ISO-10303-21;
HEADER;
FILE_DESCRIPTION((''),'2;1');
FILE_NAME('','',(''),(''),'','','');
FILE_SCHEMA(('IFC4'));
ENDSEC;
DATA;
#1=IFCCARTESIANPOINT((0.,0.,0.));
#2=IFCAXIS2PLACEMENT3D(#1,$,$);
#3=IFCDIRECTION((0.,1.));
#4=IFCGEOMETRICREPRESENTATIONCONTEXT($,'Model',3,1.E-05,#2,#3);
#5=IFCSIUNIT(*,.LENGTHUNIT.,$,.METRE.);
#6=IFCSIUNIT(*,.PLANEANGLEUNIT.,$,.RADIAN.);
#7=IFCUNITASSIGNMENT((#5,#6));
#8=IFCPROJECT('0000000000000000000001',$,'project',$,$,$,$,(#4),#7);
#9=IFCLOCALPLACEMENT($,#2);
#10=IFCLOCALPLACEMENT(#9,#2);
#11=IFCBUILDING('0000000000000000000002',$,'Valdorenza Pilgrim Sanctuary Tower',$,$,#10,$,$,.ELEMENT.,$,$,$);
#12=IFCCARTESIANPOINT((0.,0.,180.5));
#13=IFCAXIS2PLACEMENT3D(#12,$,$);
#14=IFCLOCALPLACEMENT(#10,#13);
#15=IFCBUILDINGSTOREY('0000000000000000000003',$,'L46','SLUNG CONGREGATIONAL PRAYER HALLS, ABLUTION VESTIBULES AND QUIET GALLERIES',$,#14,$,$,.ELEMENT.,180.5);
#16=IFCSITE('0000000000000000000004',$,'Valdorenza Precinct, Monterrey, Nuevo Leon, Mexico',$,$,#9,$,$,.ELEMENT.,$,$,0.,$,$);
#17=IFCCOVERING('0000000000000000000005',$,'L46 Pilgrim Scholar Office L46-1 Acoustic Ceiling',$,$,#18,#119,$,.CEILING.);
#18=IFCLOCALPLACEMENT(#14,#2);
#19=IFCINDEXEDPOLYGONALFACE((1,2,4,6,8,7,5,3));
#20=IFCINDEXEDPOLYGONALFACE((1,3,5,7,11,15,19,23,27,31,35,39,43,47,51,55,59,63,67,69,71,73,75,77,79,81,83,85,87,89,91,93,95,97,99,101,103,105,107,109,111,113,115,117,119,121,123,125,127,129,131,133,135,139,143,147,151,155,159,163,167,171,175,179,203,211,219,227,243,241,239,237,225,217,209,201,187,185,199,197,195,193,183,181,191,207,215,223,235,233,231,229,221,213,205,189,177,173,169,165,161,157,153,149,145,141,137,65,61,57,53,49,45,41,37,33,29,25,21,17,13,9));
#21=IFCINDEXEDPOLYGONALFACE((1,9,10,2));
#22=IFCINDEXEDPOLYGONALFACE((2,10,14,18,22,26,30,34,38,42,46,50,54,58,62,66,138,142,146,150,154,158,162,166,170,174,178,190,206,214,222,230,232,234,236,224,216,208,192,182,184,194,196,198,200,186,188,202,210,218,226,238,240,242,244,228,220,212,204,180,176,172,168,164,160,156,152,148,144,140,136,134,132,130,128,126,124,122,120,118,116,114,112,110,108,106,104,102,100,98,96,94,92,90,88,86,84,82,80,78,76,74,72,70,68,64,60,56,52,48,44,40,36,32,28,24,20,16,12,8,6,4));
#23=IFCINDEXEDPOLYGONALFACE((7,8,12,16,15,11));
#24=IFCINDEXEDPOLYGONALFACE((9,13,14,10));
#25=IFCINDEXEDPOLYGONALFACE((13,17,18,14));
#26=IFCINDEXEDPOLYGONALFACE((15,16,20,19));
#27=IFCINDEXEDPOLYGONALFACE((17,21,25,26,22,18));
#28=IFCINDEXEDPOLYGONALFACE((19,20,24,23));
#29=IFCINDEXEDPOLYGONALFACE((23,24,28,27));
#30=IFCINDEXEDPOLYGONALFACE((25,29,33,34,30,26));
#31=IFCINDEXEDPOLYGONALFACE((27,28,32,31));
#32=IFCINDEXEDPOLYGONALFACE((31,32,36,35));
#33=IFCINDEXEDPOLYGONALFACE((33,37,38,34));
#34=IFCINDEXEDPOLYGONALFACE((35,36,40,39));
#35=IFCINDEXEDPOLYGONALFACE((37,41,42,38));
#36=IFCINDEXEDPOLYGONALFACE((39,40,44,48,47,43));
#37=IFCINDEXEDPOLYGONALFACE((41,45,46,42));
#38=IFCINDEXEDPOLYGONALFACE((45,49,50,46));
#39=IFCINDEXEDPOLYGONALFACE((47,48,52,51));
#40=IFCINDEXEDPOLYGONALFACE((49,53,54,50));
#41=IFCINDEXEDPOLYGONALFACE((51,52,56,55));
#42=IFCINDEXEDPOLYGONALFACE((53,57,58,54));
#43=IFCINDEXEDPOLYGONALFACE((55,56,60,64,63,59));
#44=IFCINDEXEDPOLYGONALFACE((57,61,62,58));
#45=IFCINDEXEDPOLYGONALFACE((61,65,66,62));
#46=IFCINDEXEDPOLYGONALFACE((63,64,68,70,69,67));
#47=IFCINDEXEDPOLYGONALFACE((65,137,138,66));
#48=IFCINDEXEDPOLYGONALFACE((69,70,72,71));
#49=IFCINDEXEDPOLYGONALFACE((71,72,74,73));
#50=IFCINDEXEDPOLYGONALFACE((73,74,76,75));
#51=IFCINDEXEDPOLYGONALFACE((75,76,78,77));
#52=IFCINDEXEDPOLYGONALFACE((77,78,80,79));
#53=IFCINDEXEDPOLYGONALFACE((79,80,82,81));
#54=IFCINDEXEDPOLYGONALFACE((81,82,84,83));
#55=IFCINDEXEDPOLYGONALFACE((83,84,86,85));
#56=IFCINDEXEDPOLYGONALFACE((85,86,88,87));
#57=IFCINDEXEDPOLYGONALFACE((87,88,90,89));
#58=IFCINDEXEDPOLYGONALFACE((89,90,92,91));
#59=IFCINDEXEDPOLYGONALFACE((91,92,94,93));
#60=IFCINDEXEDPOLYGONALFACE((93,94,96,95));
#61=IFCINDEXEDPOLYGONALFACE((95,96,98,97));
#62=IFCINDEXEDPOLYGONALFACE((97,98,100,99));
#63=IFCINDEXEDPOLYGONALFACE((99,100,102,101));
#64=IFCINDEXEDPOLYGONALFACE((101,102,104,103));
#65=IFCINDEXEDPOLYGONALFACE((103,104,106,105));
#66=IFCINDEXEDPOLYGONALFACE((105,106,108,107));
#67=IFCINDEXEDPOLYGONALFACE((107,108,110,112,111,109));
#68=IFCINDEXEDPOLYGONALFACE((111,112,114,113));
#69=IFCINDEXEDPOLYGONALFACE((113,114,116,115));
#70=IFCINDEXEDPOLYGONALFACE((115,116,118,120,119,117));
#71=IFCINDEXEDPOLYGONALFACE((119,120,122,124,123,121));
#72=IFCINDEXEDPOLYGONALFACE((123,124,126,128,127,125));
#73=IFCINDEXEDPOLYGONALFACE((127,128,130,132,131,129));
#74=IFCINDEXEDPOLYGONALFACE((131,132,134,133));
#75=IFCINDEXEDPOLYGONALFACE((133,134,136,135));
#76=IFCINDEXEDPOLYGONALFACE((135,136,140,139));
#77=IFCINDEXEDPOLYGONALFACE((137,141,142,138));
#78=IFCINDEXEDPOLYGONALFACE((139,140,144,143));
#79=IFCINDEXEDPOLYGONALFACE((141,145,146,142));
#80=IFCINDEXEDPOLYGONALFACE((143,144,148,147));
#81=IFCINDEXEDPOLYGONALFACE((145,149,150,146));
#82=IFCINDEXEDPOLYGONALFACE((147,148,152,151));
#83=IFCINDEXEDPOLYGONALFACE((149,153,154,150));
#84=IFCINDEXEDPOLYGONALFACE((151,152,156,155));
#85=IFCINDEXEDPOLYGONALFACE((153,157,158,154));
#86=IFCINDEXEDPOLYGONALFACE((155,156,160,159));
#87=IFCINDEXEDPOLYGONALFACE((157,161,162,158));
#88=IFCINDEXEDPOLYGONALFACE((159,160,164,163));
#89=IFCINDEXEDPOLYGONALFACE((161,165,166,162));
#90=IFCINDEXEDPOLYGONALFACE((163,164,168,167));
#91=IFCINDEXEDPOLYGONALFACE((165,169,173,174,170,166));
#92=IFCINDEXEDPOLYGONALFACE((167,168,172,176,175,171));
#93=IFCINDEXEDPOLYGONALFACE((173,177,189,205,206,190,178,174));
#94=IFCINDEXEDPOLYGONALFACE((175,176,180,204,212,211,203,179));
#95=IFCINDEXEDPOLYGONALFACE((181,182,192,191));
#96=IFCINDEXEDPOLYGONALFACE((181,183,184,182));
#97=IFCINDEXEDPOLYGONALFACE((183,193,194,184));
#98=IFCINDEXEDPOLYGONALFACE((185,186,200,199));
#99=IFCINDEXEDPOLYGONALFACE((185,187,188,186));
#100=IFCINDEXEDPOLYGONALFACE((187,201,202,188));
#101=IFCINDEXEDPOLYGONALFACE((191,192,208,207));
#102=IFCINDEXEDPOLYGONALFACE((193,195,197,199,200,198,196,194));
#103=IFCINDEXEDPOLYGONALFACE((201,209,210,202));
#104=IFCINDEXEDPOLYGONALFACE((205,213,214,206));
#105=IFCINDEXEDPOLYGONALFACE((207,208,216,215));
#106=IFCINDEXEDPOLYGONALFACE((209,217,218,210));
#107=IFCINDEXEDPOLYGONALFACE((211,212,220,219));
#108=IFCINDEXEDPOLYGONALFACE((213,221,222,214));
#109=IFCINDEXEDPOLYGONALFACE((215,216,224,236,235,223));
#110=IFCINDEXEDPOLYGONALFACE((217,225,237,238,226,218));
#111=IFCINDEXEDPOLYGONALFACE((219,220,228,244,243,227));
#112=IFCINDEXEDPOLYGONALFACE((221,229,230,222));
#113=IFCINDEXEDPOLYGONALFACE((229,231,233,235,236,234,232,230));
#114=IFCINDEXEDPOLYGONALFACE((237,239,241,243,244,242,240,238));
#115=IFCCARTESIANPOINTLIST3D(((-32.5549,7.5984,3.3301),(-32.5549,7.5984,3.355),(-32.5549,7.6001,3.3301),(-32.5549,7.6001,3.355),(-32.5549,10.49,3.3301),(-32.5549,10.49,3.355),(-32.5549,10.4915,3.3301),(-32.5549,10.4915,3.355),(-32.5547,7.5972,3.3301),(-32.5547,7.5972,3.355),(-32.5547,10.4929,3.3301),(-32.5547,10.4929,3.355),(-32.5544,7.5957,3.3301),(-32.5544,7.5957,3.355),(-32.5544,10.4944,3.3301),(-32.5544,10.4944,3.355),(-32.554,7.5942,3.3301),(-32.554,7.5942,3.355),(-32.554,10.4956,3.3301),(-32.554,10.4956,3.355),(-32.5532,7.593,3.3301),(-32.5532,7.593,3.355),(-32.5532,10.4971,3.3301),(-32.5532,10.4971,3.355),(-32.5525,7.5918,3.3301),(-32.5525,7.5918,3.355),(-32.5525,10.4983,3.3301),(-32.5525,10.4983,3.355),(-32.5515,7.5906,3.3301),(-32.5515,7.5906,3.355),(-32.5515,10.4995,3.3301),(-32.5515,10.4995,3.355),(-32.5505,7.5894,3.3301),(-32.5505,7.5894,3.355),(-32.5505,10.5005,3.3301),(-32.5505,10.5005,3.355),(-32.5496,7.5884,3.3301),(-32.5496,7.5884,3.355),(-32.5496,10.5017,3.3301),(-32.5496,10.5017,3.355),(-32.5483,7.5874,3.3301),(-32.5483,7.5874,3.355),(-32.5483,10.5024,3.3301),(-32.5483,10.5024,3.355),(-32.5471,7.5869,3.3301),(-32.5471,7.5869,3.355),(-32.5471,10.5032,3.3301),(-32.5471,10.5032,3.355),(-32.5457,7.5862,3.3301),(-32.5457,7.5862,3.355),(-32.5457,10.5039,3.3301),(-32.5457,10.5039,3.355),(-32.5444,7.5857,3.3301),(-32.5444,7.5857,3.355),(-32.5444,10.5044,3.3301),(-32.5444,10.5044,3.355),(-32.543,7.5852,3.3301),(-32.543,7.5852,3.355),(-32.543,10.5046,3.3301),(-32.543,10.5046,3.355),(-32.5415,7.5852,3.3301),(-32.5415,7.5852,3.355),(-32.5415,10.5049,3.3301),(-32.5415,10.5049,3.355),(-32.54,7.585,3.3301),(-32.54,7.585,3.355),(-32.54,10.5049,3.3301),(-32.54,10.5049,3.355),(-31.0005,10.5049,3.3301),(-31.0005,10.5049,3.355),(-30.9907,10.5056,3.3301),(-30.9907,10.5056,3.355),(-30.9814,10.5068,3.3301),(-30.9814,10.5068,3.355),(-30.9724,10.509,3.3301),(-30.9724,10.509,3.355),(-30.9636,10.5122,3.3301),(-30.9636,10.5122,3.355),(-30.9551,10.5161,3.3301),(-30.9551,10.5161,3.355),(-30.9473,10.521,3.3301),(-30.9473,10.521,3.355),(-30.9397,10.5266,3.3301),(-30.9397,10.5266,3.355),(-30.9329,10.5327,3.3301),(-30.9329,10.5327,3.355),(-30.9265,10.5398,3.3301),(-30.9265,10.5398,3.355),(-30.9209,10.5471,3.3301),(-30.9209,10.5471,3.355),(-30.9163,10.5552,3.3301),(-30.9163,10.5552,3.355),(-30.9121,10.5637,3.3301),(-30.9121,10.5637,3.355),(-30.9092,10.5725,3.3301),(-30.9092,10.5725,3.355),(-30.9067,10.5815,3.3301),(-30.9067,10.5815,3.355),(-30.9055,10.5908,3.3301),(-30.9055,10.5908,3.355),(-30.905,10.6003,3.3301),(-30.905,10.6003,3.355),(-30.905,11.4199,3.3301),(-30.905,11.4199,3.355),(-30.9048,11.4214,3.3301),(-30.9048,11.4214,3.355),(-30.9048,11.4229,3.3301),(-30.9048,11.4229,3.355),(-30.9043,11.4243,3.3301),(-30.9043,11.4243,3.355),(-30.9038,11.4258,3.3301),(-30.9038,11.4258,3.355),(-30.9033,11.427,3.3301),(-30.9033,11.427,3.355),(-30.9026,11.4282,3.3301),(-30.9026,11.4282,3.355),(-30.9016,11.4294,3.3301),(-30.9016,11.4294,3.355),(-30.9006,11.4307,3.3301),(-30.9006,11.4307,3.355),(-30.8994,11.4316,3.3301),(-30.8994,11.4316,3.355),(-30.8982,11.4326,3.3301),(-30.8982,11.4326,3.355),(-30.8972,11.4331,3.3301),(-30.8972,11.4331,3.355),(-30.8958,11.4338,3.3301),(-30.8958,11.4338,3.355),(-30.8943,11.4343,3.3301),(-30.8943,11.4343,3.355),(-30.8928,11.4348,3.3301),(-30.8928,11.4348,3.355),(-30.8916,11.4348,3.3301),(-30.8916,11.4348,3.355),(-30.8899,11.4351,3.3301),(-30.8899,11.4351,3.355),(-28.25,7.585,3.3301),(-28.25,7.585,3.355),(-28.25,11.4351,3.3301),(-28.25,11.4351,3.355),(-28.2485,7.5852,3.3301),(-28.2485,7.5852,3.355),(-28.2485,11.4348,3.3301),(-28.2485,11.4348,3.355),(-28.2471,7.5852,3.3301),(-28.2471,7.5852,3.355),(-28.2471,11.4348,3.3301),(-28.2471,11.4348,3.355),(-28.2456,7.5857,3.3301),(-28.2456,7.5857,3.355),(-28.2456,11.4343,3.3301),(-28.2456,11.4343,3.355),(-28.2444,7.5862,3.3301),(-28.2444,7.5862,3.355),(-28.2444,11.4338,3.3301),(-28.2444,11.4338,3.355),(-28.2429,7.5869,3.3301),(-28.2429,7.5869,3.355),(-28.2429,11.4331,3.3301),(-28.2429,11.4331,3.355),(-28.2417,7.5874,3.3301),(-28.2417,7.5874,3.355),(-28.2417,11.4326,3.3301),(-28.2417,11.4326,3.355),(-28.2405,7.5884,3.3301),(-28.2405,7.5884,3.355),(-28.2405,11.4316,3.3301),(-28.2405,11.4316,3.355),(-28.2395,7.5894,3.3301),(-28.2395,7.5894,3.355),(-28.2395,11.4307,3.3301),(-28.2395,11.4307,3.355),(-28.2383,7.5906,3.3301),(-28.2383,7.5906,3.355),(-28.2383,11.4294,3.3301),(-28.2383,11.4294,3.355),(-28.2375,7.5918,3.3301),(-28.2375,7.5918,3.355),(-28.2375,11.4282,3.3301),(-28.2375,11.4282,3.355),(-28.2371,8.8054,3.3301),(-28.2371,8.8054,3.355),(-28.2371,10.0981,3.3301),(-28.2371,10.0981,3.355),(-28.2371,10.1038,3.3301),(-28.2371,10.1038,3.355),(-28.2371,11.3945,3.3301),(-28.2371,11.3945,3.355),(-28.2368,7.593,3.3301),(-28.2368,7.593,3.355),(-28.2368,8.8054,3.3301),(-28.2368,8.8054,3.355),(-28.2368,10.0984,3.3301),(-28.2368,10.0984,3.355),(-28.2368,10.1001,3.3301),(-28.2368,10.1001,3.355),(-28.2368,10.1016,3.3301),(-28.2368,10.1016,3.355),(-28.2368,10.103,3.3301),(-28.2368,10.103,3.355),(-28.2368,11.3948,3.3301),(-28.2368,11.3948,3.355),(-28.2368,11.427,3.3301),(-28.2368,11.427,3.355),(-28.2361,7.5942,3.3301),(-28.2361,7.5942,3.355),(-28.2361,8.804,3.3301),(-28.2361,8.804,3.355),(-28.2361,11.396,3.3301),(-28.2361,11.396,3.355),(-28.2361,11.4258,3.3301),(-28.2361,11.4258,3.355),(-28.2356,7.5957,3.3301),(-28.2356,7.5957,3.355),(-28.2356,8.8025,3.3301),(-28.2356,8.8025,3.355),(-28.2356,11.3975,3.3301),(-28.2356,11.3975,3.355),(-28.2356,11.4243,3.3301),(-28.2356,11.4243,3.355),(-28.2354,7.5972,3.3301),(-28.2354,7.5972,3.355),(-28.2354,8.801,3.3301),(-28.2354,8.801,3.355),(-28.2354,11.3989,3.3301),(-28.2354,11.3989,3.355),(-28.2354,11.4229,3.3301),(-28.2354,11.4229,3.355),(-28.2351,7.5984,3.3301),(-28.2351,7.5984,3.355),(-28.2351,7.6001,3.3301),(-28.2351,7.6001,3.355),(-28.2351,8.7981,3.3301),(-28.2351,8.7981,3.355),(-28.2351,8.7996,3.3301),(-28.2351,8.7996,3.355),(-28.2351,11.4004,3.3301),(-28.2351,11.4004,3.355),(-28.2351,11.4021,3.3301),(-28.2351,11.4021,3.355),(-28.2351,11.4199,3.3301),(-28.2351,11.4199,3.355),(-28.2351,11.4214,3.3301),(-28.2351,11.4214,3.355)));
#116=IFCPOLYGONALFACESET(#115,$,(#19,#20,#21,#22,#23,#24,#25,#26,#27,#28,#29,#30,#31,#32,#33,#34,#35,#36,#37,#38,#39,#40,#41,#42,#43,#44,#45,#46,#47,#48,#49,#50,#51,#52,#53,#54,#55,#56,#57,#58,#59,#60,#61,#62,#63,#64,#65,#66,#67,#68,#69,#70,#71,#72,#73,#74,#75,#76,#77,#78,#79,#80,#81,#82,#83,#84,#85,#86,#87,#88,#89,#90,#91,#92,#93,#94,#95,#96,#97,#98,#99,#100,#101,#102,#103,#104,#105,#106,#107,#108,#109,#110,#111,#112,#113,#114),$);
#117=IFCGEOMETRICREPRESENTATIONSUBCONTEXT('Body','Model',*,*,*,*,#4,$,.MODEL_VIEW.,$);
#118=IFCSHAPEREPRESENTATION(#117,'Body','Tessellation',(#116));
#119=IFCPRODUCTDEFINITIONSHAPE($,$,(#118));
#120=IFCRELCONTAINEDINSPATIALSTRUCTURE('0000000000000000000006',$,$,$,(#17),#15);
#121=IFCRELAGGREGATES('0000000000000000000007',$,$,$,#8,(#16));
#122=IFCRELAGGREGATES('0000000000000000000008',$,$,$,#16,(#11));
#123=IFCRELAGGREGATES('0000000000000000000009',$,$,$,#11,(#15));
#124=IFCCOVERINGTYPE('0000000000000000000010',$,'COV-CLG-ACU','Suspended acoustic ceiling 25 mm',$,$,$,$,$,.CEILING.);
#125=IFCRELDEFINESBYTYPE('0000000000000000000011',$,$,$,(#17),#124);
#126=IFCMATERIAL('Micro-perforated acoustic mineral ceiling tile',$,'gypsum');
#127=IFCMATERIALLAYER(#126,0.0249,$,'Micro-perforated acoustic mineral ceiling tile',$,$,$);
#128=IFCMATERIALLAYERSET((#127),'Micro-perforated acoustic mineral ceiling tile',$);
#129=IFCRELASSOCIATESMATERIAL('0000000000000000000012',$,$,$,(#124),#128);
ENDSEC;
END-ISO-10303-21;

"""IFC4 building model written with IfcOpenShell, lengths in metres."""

from ifc_helpers import new_model, si_unit, direction, frame, origin, place, context, subcontext, project, spatial, polyline, outline, extrude, material, layer, layer_set, type_object, element, save


model = new_model("IFC4")

# Units and contexts
model_context = context("Model", 3, precision=1e-05, world=origin(), true_north=direction((0.0, 1.0)))
body_context = subcontext(model_context, "Body", "Model", "MODEL_VIEW")
ifc_project = project(units=[si_unit("LENGTHUNIT", "METRE"), si_unit("PLANEANGLEUNIT", "RADIAN")], contexts=[model_context])

# Site, building, storey
site_placement = place(None, origin())
site = spatial("IfcSite", under=ifc_project, at=site_placement, Name="Valdorenza Precinct, Monterrey, Nuevo Leon, Mexico", CompositionType="ELEMENT", RefElevation=0.0)
building_placement = place(site_placement, origin())
building = spatial("IfcBuilding", under=site, at=building_placement, Name="Valdorenza Pilgrim Sanctuary Tower", CompositionType="ELEMENT")
storey_placement = place(building_placement, frame((0.0, 0.0, 180.5)))
storey = spatial("IfcBuildingStorey", under=building, at=storey_placement, Name="L46", Description="SLUNG CONGREGATIONAL PRAYER HALLS, ABLUTION VESTIBULES AND QUIET GALLERIES", CompositionType="ELEMENT", Elevation=180.5)

# Covering
ifc_material_1 = material(Name="Micro-perforated acoustic mineral ceiling tile", Category="gypsum")
ifc_layer_1 = layer(ifc_material_1, 0.0249, Name="Micro-perforated acoustic mineral ceiling tile")
ifc_layer_set_1 = layer_set([ifc_layer_1], Name="Micro-perforated acoustic mineral ceiling tile")
covering_type_1 = type_object("IfcCoveringType", Name="COV-CLG-ACU", Description="Suspended acoustic ceiling 25 mm", PredefinedType="CEILING", material=ifc_layer_set_1)
covering_1_placement = place(storey_placement, frame((0.0, 0.0, 3.3301)))
element("IfcCovering", 1, at=covering_1_placement, inside=storey, type_object=covering_type_1, Name="L46 Pilgrim Scholar Office L46-1 Acoustic Ceiling", PredefinedType="CEILING", context=body_context, shape_type="SweptSolid", body=[
    extrude(outline(polyline([(-28.2371, 8.8054), (-28.2368, 8.8054), (-28.2361, 8.804), (-28.2356, 8.8025), (-28.2354, 8.801), (-28.2351, 8.7996), (-28.2351, 8.7981), (-28.2351, 7.6001), (-28.2351, 7.5984), (-28.2354, 7.5972), (-28.2356, 7.5957), (-28.2361, 7.5942), (-28.2368, 7.593), (-28.2375, 7.5918), (-28.2383, 7.5906), (-28.2395, 7.5894), (-28.2405, 7.5884), (-28.2417, 7.5874), (-28.2429, 7.5869), (-28.2444, 7.5862), (-28.2456, 7.5857), (-28.2471, 7.5852), (-28.2485, 7.5852), (-28.25, 7.585), (-32.54, 7.585), (-32.5415, 7.5852), (-32.543, 7.5852), (-32.5444, 7.5857), (-32.5457, 7.5862), (-32.5471, 7.5869), (-32.5483, 7.5874), (-32.5496, 7.5884), (-32.5505, 7.5894), (-32.5515, 7.5906), (-32.5525, 7.5918), (-32.5532, 7.593), (-32.554, 7.5942), (-32.5544, 7.5957), (-32.5547, 7.5972), (-32.5549, 7.5984), (-32.5549, 7.6001), (-32.5549, 10.49), (-32.5549, 10.4915), (-32.5547, 10.4929), (-32.5544, 10.4944), (-32.554, 10.4956), (-32.5532, 10.4971), (-32.5525, 10.4983), (-32.5515, 10.4995), (-32.5505, 10.5005), (-32.5496, 10.5017), (-32.5483, 10.5024), (-32.5471, 10.5032), (-32.5457, 10.5039), (-32.5444, 10.5044), (-32.543, 10.5046), (-32.5415, 10.5049), (-32.54, 10.5049), (-31.0005, 10.5049), (-30.9907, 10.5056), (-30.9814, 10.5068), (-30.9724, 10.509), (-30.9636, 10.5122), (-30.9551, 10.5161), (-30.9473, 10.521), (-30.9397, 10.5266), (-30.9329, 10.5327), (-30.9265, 10.5398), (-30.9209, 10.5471), (-30.9163, 10.5552), (-30.9121, 10.5637), (-30.9092, 10.5725), (-30.9067, 10.5815), (-30.9055, 10.5908), (-30.905, 10.6003), (-30.905, 11.4199), (-30.9048, 11.4214), (-30.9048, 11.4229), (-30.9043, 11.4243), (-30.9038, 11.4258), (-30.9033, 11.427), (-30.9026, 11.4282), (-30.9016, 11.4294), (-30.9006, 11.4307), (-30.8994, 11.4316), (-30.8982, 11.4326), (-30.8972, 11.4331), (-30.8958, 11.4338), (-30.8943, 11.4343), (-30.8928, 11.4348), (-30.8916, 11.4348), (-30.8899, 11.4351), (-28.25, 11.4351), (-28.2485, 11.4348), (-28.2471, 11.4348), (-28.2456, 11.4343), (-28.2444, 11.4338), (-28.2429, 11.4331), (-28.2417, 11.4326), (-28.2405, 11.4316), (-28.2395, 11.4307), (-28.2383, 11.4294), (-28.2375, 11.4282), (-28.2368, 11.427), (-28.2361, 11.4258), (-28.2356, 11.4243), (-28.2354, 11.4229), (-28.2351, 11.4214), (-28.2351, 11.4199), (-28.2351, 11.4021), (-28.2351, 11.4004), (-28.2354, 11.3989), (-28.2356, 11.3975), (-28.2361, 11.396), (-28.2368, 11.3948), (-28.2371, 11.3945), (-28.2371, 10.1038), (-28.2368, 10.103), (-28.2368, 10.1016), (-28.2368, 10.1001), (-28.2368, 10.0984), (-28.2371, 10.0981), (-28.2371, 8.8054)])), origin(), (0.0, 0.0, 1.0), 0.0249),
])

save(model, "model.ifc")
